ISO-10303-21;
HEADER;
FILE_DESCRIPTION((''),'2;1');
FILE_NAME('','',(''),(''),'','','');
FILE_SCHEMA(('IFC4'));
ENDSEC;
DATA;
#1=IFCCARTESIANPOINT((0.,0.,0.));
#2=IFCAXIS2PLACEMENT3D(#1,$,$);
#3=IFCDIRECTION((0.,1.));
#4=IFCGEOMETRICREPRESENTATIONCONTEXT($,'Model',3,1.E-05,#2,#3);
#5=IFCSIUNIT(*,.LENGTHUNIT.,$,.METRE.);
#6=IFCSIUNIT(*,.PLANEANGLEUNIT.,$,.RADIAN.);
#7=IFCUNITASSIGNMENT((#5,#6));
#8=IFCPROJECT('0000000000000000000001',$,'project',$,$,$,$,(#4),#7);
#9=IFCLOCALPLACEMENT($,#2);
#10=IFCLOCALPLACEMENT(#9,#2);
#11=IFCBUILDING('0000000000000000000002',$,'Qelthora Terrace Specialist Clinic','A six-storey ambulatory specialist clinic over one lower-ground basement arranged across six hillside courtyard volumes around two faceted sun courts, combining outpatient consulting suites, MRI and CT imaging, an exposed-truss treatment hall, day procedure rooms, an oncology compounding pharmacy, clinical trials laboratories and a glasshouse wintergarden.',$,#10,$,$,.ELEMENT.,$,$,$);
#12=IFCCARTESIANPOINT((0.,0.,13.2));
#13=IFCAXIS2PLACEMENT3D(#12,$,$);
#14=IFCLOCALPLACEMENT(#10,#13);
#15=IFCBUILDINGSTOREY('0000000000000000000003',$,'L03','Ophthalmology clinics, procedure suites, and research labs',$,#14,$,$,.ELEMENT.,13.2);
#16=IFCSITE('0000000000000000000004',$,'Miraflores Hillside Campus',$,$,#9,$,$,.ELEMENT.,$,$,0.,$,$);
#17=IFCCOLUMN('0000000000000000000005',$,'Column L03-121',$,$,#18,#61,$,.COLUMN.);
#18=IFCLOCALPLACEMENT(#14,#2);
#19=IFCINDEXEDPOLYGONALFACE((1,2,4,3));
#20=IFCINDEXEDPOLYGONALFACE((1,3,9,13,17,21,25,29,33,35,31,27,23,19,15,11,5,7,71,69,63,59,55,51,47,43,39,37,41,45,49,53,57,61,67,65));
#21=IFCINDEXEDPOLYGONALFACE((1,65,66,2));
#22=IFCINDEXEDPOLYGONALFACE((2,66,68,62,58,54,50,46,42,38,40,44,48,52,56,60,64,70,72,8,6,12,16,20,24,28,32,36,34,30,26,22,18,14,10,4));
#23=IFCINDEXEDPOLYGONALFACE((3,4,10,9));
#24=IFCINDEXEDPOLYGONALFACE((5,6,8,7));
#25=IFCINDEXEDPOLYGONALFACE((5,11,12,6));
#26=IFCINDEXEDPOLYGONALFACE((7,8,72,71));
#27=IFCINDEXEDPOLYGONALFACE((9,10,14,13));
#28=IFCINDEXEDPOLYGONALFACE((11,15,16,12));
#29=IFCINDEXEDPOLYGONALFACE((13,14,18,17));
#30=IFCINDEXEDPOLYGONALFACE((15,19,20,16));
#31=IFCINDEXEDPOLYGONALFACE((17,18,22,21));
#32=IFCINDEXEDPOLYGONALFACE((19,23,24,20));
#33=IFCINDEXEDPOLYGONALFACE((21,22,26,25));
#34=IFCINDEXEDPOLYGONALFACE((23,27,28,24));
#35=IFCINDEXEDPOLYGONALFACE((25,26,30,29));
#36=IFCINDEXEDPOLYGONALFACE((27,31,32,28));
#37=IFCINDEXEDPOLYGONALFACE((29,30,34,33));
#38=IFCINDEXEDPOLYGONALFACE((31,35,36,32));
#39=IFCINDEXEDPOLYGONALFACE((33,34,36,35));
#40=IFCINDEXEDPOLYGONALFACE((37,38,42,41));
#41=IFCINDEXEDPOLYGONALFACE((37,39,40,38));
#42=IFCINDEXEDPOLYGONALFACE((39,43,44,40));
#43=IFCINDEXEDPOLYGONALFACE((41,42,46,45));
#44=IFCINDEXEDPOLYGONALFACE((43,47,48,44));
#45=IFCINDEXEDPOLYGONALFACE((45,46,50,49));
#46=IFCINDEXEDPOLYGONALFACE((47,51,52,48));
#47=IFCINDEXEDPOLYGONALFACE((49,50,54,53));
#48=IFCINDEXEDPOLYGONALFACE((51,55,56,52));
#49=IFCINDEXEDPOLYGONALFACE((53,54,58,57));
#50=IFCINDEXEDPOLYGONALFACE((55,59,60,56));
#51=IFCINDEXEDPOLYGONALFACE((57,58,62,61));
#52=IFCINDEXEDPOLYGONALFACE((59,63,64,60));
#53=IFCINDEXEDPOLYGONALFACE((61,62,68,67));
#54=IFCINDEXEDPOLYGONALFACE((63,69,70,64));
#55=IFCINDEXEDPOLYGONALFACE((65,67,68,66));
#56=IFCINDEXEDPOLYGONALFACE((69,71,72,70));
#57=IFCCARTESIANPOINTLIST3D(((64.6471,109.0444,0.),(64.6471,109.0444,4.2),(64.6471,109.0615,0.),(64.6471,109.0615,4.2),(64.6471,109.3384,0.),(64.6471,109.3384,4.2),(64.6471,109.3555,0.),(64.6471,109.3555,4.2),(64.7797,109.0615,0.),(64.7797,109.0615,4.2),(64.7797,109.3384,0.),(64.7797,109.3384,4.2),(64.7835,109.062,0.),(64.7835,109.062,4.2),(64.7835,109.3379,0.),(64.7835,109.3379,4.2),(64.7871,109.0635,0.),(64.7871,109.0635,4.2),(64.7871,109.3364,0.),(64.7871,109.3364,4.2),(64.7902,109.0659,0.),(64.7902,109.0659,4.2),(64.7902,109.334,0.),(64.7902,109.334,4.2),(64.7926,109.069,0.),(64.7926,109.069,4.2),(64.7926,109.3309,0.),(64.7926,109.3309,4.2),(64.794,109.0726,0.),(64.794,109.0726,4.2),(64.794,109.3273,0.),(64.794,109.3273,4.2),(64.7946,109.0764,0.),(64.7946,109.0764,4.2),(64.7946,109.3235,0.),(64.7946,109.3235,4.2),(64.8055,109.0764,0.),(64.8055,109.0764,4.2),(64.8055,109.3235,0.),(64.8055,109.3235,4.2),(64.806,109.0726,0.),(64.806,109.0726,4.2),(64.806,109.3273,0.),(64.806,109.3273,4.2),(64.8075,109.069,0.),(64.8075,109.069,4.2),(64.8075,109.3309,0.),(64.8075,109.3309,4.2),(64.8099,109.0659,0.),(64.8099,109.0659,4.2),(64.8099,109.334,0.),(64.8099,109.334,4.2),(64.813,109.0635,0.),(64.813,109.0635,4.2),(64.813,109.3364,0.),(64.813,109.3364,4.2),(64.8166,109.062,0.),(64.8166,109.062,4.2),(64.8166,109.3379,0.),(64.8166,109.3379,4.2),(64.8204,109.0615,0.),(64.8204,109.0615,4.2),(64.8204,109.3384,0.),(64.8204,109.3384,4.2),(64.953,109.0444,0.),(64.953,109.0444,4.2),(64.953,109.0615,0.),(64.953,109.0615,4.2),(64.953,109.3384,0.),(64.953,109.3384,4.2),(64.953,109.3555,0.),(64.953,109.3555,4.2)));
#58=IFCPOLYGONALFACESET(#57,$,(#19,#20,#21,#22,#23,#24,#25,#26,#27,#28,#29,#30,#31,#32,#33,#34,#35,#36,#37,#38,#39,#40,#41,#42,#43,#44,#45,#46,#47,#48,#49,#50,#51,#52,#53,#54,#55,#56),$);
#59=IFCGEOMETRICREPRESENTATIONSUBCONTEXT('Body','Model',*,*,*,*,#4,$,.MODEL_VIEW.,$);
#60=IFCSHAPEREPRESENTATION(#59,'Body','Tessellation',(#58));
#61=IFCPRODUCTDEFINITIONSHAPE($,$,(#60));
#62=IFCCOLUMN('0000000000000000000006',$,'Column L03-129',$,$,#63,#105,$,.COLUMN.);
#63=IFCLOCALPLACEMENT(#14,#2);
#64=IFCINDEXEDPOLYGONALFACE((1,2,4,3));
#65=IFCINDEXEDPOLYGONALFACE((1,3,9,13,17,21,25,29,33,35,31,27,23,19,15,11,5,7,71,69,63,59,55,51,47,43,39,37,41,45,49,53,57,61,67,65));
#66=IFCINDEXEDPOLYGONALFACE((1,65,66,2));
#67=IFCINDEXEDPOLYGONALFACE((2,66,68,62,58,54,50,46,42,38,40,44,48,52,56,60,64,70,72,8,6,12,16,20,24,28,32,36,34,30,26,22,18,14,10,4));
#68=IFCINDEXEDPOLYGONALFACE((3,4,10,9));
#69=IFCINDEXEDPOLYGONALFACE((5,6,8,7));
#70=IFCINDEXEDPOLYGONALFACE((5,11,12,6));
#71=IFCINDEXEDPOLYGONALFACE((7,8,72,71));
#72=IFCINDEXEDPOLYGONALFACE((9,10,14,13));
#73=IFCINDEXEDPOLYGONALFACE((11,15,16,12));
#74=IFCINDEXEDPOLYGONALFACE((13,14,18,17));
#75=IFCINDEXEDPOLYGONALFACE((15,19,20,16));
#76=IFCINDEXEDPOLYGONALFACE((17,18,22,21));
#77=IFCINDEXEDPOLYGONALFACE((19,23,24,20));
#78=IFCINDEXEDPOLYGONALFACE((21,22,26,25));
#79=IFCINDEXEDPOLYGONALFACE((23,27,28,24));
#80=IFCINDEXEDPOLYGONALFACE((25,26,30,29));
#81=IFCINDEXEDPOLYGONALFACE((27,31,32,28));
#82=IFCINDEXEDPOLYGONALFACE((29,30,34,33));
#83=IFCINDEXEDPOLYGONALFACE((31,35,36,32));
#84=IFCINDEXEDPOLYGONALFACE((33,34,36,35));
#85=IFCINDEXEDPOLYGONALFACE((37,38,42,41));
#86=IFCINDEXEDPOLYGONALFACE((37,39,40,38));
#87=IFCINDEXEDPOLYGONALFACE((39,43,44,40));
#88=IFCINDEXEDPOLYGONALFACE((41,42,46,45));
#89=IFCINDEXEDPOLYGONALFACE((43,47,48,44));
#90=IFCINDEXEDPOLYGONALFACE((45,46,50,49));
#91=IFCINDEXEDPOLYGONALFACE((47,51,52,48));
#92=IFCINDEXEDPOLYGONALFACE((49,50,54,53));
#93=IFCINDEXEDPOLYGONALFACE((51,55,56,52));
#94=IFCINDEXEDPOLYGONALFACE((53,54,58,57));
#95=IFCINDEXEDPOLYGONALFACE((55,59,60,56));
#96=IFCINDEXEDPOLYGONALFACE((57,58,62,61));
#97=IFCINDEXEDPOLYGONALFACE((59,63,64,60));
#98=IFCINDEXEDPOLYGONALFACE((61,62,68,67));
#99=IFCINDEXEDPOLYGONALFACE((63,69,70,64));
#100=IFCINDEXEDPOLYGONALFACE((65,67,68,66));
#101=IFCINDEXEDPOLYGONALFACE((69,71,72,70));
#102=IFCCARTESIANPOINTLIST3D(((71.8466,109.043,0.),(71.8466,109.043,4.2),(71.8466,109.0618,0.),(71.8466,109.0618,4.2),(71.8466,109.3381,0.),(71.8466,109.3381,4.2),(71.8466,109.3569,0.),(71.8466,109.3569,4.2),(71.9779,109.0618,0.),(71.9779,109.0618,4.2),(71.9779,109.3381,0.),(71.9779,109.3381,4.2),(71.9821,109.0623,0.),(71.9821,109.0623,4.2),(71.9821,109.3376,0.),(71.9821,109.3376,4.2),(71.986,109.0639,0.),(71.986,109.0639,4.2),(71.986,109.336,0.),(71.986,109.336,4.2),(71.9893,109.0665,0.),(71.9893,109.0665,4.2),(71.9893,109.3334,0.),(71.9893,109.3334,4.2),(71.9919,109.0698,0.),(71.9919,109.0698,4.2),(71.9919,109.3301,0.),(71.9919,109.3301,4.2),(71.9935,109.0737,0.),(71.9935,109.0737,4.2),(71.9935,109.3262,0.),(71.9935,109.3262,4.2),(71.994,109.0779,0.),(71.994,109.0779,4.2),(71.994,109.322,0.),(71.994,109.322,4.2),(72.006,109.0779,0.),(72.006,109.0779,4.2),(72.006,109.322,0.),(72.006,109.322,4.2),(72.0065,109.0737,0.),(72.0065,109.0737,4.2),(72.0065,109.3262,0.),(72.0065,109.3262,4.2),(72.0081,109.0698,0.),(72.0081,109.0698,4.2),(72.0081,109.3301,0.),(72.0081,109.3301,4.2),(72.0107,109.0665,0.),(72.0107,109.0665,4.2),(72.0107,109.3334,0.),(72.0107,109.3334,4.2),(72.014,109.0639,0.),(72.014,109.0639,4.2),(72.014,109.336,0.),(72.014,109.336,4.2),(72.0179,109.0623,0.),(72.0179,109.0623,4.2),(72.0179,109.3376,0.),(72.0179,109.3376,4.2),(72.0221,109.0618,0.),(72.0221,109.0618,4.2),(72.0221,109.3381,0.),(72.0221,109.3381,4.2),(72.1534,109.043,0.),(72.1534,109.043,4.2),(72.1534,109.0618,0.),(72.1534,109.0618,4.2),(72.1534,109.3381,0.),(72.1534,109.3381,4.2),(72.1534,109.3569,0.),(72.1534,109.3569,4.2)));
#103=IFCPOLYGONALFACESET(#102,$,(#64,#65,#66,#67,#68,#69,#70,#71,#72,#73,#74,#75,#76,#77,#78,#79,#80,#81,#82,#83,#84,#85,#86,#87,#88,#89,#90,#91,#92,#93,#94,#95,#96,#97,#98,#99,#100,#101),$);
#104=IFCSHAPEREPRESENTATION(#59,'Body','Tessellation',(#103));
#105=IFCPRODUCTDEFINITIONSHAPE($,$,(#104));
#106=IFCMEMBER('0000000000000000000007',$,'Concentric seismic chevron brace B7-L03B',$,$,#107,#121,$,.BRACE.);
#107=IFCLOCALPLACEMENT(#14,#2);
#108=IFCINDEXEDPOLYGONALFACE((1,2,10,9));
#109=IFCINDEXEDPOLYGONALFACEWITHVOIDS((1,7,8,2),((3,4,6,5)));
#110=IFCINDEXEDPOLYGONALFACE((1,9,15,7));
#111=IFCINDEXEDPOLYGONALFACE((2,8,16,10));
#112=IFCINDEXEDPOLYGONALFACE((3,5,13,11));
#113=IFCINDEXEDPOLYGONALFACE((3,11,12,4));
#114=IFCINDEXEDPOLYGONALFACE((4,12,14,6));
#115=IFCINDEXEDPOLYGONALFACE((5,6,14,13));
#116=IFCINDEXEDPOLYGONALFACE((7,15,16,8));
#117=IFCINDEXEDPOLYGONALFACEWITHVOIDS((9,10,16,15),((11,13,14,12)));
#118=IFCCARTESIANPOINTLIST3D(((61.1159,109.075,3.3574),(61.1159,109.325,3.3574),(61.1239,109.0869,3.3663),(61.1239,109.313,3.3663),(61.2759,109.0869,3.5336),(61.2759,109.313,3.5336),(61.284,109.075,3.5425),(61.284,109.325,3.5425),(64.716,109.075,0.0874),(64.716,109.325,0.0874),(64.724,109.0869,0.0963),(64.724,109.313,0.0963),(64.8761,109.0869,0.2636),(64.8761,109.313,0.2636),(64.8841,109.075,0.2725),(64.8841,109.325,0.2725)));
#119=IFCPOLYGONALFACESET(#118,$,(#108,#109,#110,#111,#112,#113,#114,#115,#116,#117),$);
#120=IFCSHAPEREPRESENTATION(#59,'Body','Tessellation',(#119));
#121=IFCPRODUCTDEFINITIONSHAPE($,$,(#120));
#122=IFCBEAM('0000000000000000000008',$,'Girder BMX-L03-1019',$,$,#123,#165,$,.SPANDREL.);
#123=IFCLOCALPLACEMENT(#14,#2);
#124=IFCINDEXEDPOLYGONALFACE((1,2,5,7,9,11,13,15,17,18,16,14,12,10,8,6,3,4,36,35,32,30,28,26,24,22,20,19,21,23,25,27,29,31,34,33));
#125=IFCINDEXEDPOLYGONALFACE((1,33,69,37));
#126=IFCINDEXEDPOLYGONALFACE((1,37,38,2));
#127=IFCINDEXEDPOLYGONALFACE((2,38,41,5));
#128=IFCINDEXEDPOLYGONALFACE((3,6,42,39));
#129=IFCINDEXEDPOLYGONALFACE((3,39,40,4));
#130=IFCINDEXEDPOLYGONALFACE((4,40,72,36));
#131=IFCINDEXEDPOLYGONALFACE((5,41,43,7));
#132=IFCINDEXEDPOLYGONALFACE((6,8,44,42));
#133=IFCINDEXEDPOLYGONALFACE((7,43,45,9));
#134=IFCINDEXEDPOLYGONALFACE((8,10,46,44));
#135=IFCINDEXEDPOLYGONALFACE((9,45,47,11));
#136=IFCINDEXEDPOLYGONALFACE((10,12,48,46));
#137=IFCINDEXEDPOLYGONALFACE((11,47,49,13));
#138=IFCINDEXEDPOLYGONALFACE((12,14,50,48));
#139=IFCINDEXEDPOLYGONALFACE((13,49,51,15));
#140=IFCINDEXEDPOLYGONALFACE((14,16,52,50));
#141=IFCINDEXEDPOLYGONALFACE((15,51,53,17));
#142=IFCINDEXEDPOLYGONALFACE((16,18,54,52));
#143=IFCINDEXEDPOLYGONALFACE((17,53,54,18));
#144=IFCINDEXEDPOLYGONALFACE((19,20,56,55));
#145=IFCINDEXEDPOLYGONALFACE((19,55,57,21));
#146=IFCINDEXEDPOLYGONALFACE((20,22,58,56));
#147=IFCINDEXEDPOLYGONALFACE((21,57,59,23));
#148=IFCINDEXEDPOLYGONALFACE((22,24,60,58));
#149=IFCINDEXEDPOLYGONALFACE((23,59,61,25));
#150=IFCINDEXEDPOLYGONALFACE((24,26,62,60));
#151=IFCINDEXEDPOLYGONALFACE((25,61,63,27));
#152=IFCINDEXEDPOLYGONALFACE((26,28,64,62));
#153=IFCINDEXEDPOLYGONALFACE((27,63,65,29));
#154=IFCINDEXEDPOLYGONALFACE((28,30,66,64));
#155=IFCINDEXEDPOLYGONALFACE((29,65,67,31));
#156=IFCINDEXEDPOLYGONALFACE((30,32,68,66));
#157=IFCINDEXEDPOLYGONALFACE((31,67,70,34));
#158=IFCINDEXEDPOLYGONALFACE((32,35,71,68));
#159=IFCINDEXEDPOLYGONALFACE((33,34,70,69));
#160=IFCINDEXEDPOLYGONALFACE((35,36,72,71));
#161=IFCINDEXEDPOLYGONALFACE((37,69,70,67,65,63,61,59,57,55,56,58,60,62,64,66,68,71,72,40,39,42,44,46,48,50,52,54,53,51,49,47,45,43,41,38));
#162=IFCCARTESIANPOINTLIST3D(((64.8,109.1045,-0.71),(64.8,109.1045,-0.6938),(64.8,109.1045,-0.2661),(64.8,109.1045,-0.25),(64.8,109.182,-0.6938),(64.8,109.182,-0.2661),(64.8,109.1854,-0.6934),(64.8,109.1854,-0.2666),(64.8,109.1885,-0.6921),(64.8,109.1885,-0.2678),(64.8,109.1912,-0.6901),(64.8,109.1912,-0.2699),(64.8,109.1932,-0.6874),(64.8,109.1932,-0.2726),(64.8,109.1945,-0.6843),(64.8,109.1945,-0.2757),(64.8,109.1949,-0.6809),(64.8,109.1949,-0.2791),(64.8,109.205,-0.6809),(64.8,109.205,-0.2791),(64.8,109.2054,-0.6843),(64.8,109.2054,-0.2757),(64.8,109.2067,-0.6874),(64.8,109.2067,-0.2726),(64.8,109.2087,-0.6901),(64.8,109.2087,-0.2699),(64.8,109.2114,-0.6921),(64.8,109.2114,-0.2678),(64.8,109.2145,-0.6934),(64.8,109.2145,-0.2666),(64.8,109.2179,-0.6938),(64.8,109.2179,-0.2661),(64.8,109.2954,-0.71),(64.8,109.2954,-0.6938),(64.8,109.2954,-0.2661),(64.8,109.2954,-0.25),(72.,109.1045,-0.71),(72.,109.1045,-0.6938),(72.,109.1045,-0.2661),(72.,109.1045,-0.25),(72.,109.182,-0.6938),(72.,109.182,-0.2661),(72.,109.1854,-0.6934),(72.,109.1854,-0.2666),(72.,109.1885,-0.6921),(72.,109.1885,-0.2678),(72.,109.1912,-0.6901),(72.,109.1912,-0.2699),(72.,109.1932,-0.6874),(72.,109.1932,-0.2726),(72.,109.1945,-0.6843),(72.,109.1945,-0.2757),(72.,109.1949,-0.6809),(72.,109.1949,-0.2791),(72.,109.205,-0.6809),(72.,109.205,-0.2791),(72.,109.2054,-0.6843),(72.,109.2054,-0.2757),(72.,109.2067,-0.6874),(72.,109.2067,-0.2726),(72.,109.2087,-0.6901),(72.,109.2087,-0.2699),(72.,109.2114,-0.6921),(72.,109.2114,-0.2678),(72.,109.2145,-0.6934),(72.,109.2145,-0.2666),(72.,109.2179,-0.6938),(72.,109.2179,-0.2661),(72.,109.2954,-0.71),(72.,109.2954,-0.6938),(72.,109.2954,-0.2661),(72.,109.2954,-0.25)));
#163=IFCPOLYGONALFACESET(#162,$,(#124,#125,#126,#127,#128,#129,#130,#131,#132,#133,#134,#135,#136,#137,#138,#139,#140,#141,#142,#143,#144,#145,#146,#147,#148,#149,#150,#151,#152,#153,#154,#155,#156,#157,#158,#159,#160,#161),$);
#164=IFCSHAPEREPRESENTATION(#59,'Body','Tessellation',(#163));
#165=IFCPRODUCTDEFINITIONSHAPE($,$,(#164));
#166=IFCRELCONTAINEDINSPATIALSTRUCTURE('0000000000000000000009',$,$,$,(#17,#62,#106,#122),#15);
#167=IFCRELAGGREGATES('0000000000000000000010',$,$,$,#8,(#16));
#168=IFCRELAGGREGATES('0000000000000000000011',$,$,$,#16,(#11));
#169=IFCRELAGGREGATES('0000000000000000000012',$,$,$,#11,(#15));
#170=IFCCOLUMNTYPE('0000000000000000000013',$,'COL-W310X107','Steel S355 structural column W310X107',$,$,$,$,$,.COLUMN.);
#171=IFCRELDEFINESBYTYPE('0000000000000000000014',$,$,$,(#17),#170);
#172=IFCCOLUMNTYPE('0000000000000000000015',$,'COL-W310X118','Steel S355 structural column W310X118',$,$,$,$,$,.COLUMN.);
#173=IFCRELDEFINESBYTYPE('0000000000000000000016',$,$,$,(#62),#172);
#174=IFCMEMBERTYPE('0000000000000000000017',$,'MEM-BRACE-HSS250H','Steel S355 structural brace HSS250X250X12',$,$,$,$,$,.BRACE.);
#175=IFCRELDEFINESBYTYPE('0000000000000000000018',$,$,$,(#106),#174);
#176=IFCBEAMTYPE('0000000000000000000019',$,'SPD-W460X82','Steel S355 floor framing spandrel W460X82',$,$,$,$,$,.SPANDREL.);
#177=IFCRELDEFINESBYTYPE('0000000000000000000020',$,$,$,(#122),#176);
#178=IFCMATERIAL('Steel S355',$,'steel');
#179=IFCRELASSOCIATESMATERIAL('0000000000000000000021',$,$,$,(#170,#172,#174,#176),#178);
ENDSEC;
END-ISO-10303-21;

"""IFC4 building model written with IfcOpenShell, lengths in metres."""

from ifc_helpers import new_model, si_unit, direction, frame, origin, origin_2d, place, context, subcontext, project, spatial, hollow_rectangle, i_section, extrude, material, material_profile, profile_set, type_object, element, save


model = new_model("IFC4")

# Units and contexts
model_context = context("Model", 3, precision=1e-05, world=origin(), true_north=direction((0.0, 1.0)))
body_context = subcontext(model_context, "Body", "Model", "MODEL_VIEW")
ifc_project = project(units=[si_unit("LENGTHUNIT", "METRE"), si_unit("PLANEANGLEUNIT", "RADIAN")], contexts=[model_context])

# Site, building, storey
site_placement = place(None, origin())
site = spatial("IfcSite", under=ifc_project, at=site_placement, Name="Miraflores Hillside Campus", CompositionType="ELEMENT", RefElevation=0.0)
building_placement = place(site_placement, origin())
building = spatial("IfcBuilding", under=site, at=building_placement, Name="Qelthora Terrace Specialist Clinic", Description="A six-storey ambulatory specialist clinic over one lower-ground basement arranged across six hillside courtyard volumes around two faceted sun courts, combining outpatient consulting suites, MRI and CT imaging, an exposed-truss treatment hall, day procedure rooms, an oncology compounding pharmacy, clinical trials laboratories and a glasshouse wintergarden.", CompositionType="ELEMENT")
storey_placement = place(building_placement, frame((0.0, 0.0, 13.2)))
storey = spatial("IfcBuildingStorey", under=building, at=storey_placement, Name="L03", Description="Ophthalmology clinics, procedure suites, and research labs", CompositionType="ELEMENT", Elevation=13.2)

# Columns
ifc_material_1 = material(Name="Steel S355", Category="steel")
ifc_material_profile_1 = material_profile(ifc_material_1, i_section(OverallWidth=0.3059, OverallDepth=0.311, WebThickness=0.011, FlangeThickness=0.0171, FilletRadius=0.0149, at=origin_2d()), Name="W310X107")
ifc_profile_set_1 = profile_set([ifc_material_profile_1], Name="Steel S355")
column_type_1 = type_object("IfcColumnType", Name="COL-W310X107", Description="Steel S355 structural column W310X107", PredefinedType="COLUMN", material=ifc_profile_set_1)
column_1_placement = place(storey_placement, frame((64.8, 109.2, 0.0), z_axis=(0.0, 0.0, 1.0), x_axis=(1.0, 0.0, 0.0)))
element("IfcColumn", 1, at=column_1_placement, inside=storey, type_object=column_type_1, Name="Column L03-121", PredefinedType="COLUMN", context=body_context, shape_type="SweptSolid", body=[
    extrude(i_section(OverallWidth=0.3059, OverallDepth=0.311, WebThickness=0.011, FlangeThickness=0.0171, FilletRadius=0.0149, at=origin_2d()), origin(), (0.0, 0.0, 1.0), 4.2),
])
ifc_material_profile_2 = material_profile(ifc_material_1, i_section(OverallWidth=0.3069, OverallDepth=0.314, WebThickness=0.012, FlangeThickness=0.0188, FilletRadius=0.0161, at=origin_2d()), Name="W310X118")
ifc_profile_set_2 = profile_set([ifc_material_profile_2], Name="Steel S355")
column_type_2 = type_object("IfcColumnType", Name="COL-W310X118", Description="Steel S355 structural column W310X118", PredefinedType="COLUMN", material=ifc_profile_set_2)
column_2_placement = place(storey_placement, frame((72.0, 109.2, 0.0), z_axis=(0.0, 0.0, 1.0), x_axis=(1.0, 0.0, 0.0)))
element("IfcColumn", 2, at=column_2_placement, inside=storey, type_object=column_type_2, Name="Column L03-129", PredefinedType="COLUMN", context=body_context, shape_type="SweptSolid", body=[
    extrude(i_section(OverallWidth=0.3069, OverallDepth=0.314, WebThickness=0.012, FlangeThickness=0.0188, FilletRadius=0.0161, at=origin_2d()), origin(), (0.0, 0.0, 1.0), 4.2),
])

# Member
ifc_material_profile_3 = material_profile(ifc_material_1, hollow_rectangle(XDim=0.25, YDim=0.25, WallThickness=0.012, at=origin_2d()), Name="HSS250X250X12")
ifc_profile_set_3 = profile_set([ifc_material_profile_3], Name="Steel S355")
member_type = type_object("IfcMemberType", Name="MEM-BRACE-HSS250H", Description="Steel S355 structural brace HSS250X250X12", PredefinedType="BRACE", material=ifc_profile_set_3)
member_placement = place(storey_placement, frame((64.8, 109.2, 0.1799), z_axis=(-0.740226, 0.0, 0.672358), x_axis=(0.0, -1.0, 0.0)))
element("IfcMember", 3, at=member_placement, inside=storey, type_object=member_type, Name="Concentric seismic chevron brace B7-L03B", PredefinedType="BRACE", context=body_context, shape_type="SweptSolid", body=[
    extrude(hollow_rectangle(XDim=0.25, YDim=0.25, WallThickness=0.012, at=origin_2d()), origin(), (0.0, 0.0, 1.0), 4.8635),
])

# Beam
ifc_material_profile_4 = material_profile(ifc_material_1, i_section(OverallWidth=0.1909, OverallDepth=0.46, WebThickness=0.01, FlangeThickness=0.0161, FilletRadius=0.0129, at=origin_2d()), Name="W460X82")
ifc_profile_set_4 = profile_set([ifc_material_profile_4], Name="Steel S355")
beam_type = type_object("IfcBeamType", Name="SPD-W460X82", Description="Steel S355 floor framing spandrel W460X82", PredefinedType="SPANDREL", material=ifc_profile_set_4)
for number, where, z_axis, x_axis, name in (
    (4, (64.8, 109.2, -0.48), (1.0, 0.0, 0.0), (0.0, 1.0, 0.0), "Girder BMX-L03-1019"),
):
    element("IfcBeam", number, at=place(storey_placement, frame(where, z_axis=z_axis, x_axis=x_axis)), inside=storey, type_object=beam_type, Name=name, PredefinedType="SPANDREL", context=body_context, shape_type="SweptSolid", body=[
        extrude(i_section(OverallWidth=0.1909, OverallDepth=0.46, WebThickness=0.01, FlangeThickness=0.0161, FilletRadius=0.0129, at=origin_2d()), origin(), (0.0, 0.0, 1.0), 7.2),
    ])

save(model, "model.ifc")
